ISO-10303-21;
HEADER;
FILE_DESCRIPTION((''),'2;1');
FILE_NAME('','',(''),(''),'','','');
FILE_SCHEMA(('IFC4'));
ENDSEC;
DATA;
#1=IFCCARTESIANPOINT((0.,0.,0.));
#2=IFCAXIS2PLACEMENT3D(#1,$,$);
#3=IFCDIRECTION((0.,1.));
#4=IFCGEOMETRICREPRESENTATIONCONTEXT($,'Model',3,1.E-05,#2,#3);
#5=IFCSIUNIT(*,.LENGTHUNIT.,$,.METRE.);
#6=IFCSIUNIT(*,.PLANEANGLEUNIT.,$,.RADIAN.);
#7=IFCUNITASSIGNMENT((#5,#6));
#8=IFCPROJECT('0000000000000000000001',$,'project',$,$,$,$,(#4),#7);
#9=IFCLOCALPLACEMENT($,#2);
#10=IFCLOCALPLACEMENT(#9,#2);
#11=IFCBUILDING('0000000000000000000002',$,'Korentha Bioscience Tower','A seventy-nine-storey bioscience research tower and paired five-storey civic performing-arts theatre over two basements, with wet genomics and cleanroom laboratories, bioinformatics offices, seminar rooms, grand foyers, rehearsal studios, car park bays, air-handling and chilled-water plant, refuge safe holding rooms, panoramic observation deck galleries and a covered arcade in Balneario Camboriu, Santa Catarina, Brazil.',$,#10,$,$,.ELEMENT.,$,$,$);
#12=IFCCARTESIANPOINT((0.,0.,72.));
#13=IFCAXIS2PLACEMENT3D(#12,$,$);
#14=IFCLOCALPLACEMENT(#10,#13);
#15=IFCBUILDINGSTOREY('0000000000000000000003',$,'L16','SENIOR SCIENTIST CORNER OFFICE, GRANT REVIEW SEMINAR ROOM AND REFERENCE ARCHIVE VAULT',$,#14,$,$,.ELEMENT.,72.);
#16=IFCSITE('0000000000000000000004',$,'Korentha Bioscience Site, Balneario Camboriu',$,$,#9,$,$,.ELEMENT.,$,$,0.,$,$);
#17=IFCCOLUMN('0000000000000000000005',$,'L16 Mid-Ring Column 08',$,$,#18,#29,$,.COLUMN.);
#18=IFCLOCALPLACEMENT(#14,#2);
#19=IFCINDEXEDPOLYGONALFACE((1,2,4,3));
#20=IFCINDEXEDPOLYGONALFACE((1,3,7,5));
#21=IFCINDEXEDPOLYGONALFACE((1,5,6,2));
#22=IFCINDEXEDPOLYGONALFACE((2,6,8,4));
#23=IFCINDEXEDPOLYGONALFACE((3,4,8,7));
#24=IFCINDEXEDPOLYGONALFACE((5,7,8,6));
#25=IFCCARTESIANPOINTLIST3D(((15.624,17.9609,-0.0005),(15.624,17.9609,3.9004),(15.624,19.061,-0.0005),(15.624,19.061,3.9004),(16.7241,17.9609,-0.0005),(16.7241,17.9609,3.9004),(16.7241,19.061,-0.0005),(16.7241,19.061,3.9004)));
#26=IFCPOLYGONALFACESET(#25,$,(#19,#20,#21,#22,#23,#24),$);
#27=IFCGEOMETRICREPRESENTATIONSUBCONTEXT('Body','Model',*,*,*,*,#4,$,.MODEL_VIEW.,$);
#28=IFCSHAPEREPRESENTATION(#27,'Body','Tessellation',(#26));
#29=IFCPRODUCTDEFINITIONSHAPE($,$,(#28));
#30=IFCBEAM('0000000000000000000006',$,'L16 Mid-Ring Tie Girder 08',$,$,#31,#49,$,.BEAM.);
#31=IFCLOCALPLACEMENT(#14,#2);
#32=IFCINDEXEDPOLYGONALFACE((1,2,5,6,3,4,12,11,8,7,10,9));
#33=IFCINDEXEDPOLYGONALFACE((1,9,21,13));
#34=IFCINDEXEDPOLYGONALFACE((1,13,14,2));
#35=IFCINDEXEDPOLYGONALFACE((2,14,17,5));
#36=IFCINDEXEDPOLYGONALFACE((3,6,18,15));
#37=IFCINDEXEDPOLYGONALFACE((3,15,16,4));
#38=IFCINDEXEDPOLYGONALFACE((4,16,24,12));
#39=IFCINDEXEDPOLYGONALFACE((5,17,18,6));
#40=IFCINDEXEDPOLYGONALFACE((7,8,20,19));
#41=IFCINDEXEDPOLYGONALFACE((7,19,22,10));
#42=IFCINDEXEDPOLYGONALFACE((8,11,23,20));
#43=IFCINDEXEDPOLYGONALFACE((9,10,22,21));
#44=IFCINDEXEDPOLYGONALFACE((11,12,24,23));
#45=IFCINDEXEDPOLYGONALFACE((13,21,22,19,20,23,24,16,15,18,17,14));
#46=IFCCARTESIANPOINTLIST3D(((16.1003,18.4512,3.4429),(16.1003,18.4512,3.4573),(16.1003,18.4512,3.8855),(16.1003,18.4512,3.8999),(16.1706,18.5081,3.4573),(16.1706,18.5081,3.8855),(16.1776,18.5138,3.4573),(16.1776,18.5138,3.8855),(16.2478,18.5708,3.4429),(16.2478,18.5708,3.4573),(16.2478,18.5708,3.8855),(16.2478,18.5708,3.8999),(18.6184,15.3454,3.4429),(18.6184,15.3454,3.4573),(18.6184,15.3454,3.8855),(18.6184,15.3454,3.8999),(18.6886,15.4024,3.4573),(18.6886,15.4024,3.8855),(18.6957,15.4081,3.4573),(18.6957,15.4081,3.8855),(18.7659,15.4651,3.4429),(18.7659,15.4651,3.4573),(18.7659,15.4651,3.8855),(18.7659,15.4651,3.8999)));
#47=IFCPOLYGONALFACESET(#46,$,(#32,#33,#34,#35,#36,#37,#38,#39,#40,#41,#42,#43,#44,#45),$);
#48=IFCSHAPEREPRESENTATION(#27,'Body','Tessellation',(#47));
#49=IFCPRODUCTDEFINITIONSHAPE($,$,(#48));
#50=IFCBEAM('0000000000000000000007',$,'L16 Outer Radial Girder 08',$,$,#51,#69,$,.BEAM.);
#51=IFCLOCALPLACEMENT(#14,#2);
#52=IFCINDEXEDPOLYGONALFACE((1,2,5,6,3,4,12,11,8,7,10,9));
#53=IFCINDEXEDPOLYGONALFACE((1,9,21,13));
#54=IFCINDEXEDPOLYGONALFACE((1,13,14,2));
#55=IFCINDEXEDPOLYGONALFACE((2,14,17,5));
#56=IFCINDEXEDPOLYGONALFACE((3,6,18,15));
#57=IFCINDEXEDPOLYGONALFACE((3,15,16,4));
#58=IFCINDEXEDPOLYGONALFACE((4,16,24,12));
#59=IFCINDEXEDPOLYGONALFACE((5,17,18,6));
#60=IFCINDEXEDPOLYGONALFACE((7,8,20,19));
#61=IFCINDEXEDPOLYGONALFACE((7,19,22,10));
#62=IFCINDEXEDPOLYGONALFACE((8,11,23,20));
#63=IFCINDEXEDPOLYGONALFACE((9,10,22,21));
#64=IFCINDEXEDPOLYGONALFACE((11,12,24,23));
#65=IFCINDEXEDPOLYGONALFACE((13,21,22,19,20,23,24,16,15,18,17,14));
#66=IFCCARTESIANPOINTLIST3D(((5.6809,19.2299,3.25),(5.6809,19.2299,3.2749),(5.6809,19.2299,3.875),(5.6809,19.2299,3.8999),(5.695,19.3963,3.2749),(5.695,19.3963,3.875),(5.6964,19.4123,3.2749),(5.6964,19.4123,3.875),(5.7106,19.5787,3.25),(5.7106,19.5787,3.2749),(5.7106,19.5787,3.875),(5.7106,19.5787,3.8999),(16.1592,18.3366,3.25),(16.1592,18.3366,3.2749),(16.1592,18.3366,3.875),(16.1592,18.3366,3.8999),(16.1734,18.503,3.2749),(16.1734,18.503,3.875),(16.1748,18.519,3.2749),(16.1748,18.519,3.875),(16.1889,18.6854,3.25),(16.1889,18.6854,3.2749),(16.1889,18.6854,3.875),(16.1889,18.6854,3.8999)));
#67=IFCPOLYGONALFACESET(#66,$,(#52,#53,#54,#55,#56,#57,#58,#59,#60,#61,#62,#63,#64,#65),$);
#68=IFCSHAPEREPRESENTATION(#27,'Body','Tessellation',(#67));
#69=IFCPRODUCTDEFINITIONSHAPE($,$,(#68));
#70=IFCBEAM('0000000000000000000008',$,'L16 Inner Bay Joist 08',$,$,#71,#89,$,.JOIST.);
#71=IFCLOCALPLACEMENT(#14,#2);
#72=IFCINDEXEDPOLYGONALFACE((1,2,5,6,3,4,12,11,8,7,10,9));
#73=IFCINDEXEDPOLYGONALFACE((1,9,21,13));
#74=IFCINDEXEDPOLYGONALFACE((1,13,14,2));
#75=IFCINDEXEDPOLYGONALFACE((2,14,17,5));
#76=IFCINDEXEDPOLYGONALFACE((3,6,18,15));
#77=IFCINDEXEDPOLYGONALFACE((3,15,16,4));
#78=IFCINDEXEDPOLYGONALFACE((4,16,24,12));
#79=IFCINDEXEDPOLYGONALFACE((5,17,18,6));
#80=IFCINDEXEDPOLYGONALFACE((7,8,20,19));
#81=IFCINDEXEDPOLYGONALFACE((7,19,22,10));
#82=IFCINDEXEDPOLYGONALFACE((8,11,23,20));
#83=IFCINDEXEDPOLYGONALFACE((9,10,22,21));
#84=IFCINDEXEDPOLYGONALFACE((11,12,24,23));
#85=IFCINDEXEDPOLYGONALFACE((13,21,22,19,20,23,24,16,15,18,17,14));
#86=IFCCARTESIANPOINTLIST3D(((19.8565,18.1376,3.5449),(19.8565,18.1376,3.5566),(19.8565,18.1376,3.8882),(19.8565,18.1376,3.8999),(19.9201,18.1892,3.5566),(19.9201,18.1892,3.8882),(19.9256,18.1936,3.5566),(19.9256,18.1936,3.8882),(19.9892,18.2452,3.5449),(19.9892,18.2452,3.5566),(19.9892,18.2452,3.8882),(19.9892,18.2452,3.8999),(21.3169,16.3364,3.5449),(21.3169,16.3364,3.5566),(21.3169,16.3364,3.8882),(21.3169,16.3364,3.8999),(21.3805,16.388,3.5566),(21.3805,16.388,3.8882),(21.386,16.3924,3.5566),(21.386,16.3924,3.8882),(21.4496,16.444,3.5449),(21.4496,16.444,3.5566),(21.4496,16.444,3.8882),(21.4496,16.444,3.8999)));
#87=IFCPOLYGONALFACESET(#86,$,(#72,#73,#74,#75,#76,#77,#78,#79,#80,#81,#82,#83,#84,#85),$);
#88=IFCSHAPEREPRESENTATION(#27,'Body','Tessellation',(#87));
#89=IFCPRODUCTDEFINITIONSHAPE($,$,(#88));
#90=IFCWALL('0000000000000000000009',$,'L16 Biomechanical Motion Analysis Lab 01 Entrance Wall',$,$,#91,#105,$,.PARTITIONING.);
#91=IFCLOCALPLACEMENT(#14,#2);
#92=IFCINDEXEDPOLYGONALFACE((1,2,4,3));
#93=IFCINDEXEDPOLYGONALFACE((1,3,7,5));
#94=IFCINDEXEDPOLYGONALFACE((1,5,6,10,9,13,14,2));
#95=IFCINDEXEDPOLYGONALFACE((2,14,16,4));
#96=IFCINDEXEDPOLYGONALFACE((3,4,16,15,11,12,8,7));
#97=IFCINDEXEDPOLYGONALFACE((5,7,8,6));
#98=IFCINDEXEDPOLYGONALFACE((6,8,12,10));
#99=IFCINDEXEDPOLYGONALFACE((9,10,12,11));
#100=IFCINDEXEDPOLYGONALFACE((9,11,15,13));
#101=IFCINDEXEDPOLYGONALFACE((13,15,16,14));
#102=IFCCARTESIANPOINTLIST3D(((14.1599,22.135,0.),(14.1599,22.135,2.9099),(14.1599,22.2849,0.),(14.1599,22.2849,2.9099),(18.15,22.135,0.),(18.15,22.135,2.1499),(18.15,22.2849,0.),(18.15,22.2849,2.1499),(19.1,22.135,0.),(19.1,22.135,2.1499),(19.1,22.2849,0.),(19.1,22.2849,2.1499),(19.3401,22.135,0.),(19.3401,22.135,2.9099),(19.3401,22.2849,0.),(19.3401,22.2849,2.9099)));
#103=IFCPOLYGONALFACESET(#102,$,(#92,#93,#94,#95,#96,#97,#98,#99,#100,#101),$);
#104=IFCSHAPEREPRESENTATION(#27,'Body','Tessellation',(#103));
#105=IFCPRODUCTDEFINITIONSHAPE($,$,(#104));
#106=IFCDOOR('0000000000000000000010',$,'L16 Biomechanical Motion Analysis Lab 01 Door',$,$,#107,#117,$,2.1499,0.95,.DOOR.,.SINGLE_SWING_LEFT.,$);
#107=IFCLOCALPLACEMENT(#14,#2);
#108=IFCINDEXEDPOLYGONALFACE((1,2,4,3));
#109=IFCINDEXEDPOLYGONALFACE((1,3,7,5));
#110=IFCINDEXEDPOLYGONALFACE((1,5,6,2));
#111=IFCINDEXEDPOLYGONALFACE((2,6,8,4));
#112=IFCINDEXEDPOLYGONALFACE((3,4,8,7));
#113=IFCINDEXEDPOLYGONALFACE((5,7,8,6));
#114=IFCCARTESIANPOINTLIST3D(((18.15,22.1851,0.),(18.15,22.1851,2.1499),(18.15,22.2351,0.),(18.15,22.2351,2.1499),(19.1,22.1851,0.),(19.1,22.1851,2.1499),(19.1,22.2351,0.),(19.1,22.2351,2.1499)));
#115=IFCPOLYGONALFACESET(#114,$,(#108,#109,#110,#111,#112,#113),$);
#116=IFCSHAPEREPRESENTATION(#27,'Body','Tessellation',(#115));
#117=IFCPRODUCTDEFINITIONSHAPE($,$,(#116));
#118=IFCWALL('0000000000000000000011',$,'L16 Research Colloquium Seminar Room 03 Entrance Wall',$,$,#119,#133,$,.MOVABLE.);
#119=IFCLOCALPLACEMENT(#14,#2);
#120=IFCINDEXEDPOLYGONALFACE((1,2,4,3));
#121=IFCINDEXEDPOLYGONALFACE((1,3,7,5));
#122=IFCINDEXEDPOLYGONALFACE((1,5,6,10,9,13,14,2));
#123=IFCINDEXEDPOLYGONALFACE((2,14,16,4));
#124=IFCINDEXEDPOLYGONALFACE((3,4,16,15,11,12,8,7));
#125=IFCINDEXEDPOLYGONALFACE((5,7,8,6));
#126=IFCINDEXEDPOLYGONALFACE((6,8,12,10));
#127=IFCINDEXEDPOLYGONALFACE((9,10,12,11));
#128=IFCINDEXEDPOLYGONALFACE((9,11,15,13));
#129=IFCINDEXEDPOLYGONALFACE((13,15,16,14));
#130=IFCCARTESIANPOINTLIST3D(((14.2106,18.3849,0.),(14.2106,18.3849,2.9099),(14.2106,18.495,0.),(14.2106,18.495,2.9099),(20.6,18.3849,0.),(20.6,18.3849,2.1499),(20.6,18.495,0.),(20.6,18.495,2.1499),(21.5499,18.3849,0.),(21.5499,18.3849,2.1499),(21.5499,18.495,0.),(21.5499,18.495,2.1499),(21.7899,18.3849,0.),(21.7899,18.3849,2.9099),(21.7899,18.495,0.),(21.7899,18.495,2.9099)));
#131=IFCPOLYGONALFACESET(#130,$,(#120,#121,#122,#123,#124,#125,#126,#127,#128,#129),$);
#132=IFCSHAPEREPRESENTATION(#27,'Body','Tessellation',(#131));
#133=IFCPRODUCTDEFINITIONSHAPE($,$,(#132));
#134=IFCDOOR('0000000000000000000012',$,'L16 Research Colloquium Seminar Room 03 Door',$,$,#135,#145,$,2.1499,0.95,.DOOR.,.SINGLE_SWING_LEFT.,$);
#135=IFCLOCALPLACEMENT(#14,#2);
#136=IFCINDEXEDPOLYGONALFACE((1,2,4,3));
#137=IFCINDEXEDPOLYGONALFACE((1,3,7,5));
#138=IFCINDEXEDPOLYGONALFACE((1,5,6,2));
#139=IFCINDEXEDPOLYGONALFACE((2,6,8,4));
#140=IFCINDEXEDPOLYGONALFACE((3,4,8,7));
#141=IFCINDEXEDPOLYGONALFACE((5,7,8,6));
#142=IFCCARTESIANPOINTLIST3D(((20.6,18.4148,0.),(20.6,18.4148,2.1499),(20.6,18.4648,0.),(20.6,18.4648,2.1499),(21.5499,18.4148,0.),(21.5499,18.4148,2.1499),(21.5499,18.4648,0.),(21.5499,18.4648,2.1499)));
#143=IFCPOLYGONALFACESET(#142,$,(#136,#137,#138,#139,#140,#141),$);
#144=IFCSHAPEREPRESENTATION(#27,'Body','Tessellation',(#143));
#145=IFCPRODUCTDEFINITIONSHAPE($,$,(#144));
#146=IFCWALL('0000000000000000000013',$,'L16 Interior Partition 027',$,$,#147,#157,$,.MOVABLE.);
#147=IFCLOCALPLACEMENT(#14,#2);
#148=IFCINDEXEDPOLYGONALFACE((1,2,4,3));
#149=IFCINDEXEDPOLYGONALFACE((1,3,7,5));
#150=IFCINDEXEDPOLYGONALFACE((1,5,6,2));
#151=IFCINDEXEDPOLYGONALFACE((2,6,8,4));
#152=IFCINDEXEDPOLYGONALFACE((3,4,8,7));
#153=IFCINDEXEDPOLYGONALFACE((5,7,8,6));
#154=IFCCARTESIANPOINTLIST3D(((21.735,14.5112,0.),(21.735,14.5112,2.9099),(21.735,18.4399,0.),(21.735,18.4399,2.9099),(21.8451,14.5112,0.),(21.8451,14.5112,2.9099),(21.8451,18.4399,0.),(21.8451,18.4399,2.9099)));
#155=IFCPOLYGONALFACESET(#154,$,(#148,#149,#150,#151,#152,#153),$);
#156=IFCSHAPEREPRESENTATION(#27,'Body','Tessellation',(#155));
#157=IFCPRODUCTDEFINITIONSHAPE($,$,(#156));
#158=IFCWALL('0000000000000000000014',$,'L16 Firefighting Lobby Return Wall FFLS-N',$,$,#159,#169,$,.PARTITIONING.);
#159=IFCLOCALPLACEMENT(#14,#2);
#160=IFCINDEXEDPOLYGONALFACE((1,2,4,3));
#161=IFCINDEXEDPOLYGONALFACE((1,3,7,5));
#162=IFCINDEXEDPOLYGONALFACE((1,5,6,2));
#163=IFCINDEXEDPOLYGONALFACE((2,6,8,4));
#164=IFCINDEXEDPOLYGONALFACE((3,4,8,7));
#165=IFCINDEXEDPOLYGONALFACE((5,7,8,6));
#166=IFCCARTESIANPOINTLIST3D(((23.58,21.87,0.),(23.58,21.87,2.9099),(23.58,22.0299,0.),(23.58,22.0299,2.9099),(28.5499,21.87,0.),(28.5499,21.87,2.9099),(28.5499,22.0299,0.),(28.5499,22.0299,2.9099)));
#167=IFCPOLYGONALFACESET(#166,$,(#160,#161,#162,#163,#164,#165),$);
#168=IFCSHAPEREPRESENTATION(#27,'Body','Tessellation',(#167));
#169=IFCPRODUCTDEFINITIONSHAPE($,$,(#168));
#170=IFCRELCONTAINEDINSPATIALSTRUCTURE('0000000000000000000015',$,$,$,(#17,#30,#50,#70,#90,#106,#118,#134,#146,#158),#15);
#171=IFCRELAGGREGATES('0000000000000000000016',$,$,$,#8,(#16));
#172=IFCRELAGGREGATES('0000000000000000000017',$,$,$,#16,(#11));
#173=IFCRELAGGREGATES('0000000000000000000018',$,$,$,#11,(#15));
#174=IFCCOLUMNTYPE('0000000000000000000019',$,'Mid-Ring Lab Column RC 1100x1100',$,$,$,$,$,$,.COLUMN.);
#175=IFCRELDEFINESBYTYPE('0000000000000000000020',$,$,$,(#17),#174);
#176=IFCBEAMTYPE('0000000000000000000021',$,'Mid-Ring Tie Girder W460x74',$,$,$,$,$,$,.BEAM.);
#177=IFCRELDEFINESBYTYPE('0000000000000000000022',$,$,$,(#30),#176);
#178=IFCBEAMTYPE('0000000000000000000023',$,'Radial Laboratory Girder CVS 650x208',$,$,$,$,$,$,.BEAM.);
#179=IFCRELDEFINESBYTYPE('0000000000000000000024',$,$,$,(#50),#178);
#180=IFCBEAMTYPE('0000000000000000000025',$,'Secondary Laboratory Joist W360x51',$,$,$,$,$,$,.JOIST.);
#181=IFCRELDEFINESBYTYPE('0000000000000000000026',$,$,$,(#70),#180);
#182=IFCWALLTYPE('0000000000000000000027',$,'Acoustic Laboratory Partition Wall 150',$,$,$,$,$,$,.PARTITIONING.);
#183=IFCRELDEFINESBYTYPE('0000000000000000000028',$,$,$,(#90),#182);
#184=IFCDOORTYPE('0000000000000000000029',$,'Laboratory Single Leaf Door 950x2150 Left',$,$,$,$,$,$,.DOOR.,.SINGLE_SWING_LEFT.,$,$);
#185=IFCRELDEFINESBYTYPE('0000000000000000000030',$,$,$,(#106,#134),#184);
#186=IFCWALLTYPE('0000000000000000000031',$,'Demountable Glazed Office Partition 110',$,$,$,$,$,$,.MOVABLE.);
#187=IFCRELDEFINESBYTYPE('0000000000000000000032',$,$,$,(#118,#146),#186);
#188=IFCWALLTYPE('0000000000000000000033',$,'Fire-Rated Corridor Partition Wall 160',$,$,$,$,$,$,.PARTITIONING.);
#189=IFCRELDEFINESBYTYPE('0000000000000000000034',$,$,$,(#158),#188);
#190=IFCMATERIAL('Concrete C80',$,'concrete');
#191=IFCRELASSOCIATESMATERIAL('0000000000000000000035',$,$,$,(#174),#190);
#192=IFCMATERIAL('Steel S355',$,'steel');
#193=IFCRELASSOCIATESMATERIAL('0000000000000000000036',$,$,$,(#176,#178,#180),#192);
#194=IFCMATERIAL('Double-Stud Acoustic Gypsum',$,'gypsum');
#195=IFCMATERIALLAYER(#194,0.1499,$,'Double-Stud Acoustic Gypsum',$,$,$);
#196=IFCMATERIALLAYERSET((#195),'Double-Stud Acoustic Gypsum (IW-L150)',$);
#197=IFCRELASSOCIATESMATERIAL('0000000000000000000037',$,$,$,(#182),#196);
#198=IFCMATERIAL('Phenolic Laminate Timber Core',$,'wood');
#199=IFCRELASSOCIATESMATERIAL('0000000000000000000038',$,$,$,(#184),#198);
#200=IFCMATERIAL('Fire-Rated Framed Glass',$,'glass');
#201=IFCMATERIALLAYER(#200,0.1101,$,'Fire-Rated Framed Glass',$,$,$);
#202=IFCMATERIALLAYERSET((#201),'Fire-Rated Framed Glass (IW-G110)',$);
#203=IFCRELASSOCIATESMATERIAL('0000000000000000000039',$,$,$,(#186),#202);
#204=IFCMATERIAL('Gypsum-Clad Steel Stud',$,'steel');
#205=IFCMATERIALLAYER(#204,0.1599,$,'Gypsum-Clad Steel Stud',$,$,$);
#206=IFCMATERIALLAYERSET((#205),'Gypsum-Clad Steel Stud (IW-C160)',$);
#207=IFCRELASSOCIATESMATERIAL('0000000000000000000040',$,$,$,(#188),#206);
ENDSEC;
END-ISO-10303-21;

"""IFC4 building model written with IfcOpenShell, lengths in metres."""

from ifc_helpers import new_model, si_unit, direction, frame, frame_2d, origin, origin_2d, place, context, subcontext, project, spatial, rectangle, i_section, extrude, material, layer, layer_set, material_profile, profile_set, type_object, element, fill, save


model = new_model("IFC4")

# Units and contexts
model_context = context("Model", 3, precision=1e-05, world=origin(), true_north=direction((0.0, 1.0)))
body_context = subcontext(model_context, "Body", "Model", "MODEL_VIEW")
ifc_project = project(units=[si_unit("LENGTHUNIT", "METRE"), si_unit("PLANEANGLEUNIT", "RADIAN")], contexts=[model_context])

# Site, building, storey
site_placement = place(None, origin())
site = spatial("IfcSite", under=ifc_project, at=site_placement, Name="Korentha Bioscience Site, Balneario Camboriu", CompositionType="ELEMENT", RefElevation=0.0)
building_placement = place(site_placement, origin())
building = spatial("IfcBuilding", under=site, at=building_placement, Name="Korentha Bioscience Tower", Description="A seventy-nine-storey bioscience research tower and paired five-storey civic performing-arts theatre over two basements, with wet genomics and cleanroom laboratories, bioinformatics offices, seminar rooms, grand foyers, rehearsal studios, car park bays, air-handling and chilled-water plant, refuge safe holding rooms, panoramic observation deck galleries and a covered arcade in Balneario Camboriu, Santa Catarina, Brazil.", CompositionType="ELEMENT")
storey_placement = place(building_placement, frame((0.0, 0.0, 72.0)))
storey = spatial("IfcBuildingStorey", under=building, at=storey_placement, Name="L16", Description="SENIOR SCIENTIST CORNER OFFICE, GRANT REVIEW SEMINAR ROOM AND REFERENCE ARCHIVE VAULT", CompositionType="ELEMENT", Elevation=72.0)

# Column
ifc_material_1 = material(Name="Concrete C80", Category="concrete")
ifc_material_profile_1 = material_profile(ifc_material_1, rectangle(XDim=1.1001, YDim=1.1001, at=origin_2d()), Name="Concrete C80")
ifc_profile_set_1 = profile_set([ifc_material_profile_1], Name="Concrete C80 (COL-MR11)")
column_type = type_object("IfcColumnType", Name="Mid-Ring Lab Column RC 1100x1100", PredefinedType="COLUMN", material=ifc_profile_set_1)
column_placement = place(storey_placement, frame((16.1741, 18.511, -0.0005), z_axis=(0.0, 0.0, 1.0), x_axis=(1.0, 0.0, 0.0)))
element("IfcColumn", 1, at=column_placement, inside=storey, type_object=column_type, Name="L16 Mid-Ring Column 08", PredefinedType="COLUMN", context=body_context, shape_type="SweptSolid", body=[
    extrude(rectangle(XDim=1.1001, YDim=1.1001, at=origin_2d()), origin(), (0.0, 0.0, 1.0), 3.9009),
])

# Beams
ifc_material_2 = material(Name="Steel S355", Category="steel")
ifc_material_profile_2 = material_profile(ifc_material_2, i_section(OverallWidth=0.1899, OverallDepth=0.457, WebThickness=0.009, FlangeThickness=0.0144, at=origin_2d()), Name="Steel S355")
ifc_profile_set_2 = profile_set([ifc_material_profile_2], Name="Steel S355 (MB-460)")
beam_type_1 = type_object("IfcBeamType", Name="Mid-Ring Tie Girder W460x74", PredefinedType="BEAM", material=ifc_profile_set_2)
beam_1_placement = place(storey_placement, frame((16.1741, 18.511, 3.6714), z_axis=(0.62979, -0.776765, 0.0), x_axis=(0.776765, 0.62979, 0.0)))
element("IfcBeam", 2, at=beam_1_placement, inside=storey, type_object=beam_type_1, Name="L16 Mid-Ring Tie Girder 08", PredefinedType="BEAM", context=body_context, shape_type="SweptSolid", body=[
    extrude(i_section(OverallWidth=0.1899, OverallDepth=0.457, WebThickness=0.009, FlangeThickness=0.0144, at=origin_2d()), origin(), (0.0, 0.0, 1.0), 3.9983),
])
ifc_material_profile_3 = material_profile(ifc_material_2, i_section(OverallWidth=0.3501, OverallDepth=0.6499, WebThickness=0.0161, FlangeThickness=0.0249, at=origin_2d()), Name="Steel S355")
ifc_profile_set_3 = profile_set([ifc_material_profile_3], Name="Steel S355 (RB-650)")
beam_type_2 = type_object("IfcBeamType", Name="Radial Laboratory Girder CVS 650x208", PredefinedType="BEAM", material=ifc_profile_set_3)
beam_2_placement = place(storey_placement, frame((16.1741, 18.511, 3.575), z_axis=(-0.996386, 0.084945, 0.0), x_axis=(-0.084945, -0.996386, 0.0)))
element("IfcBeam", 3, at=beam_2_placement, inside=storey, type_object=beam_type_2, Name="L16 Outer Radial Girder 08", PredefinedType="BEAM", context=body_context, shape_type="SweptSolid", body=[
    extrude(i_section(OverallWidth=0.3501, OverallDepth=0.6499, WebThickness=0.0161, FlangeThickness=0.0249, at=origin_2d()), origin(), (0.0, 0.0, 1.0), 10.5164),
])
ifc_material_profile_4 = material_profile(ifc_material_2, i_section(OverallWidth=0.1709, OverallDepth=0.355, WebThickness=0.0071, FlangeThickness=0.0117, at=origin_2d()), Name="Steel S355")
ifc_profile_set_4 = profile_set([ifc_material_profile_4], Name="Steel S355 (JB-360)")
beam_type_3 = type_object("IfcBeamType", Name="Secondary Laboratory Joist W360x51", PredefinedType="JOIST", material=ifc_profile_set_4)
beam_3_placement = place(storey_placement, frame((19.9229, 18.1914, 3.7224), z_axis=(0.629792, -0.776764, 0.0), x_axis=(0.776764, 0.629792, 0.0)))
element("IfcBeam", 4, at=beam_3_placement, inside=storey, type_object=beam_type_3, Name="L16 Inner Bay Joist 08", PredefinedType="JOIST", context=body_context, shape_type="SweptSolid", body=[
    extrude(i_section(OverallWidth=0.1709, OverallDepth=0.355, WebThickness=0.0071, FlangeThickness=0.0117, at=origin_2d()), origin(), (0.0, 0.0, 1.0), 2.3188),
])

# Walls, openings, doors
ifc_material_3 = material(Name="Double-Stud Acoustic Gypsum", Category="gypsum")
ifc_layer_1 = layer(ifc_material_3, 0.1499, Name="Double-Stud Acoustic Gypsum")
ifc_layer_set_1 = layer_set([ifc_layer_1], Name="Double-Stud Acoustic Gypsum (IW-L150)")
wall_type_1 = type_object("IfcWallType", Name="Acoustic Laboratory Partition Wall 150", PredefinedType="PARTITIONING", material=ifc_layer_set_1)
wall_1_placement = place(storey_placement, frame((19.3401, 22.21, 0.0), z_axis=(0.0, 0.0, 1.0), x_axis=(-1.0, 0.0, 0.0)))
wall_1 = element("IfcWall", 5, at=wall_1_placement, inside=storey, type_object=wall_type_1, Name="L16 Biomechanical Motion Analysis Lab 01 Entrance Wall", PredefinedType="PARTITIONING", context=body_context, shape_type="SweptSolid", body=[
    extrude(rectangle(XDim=5.1802, YDim=0.1499, at=frame_2d((2.5901, 0.0))), origin(), (0.0, 0.0, 1.0), 2.9099),
])
opening_1_placement = place(wall_1_placement, frame((0.24, 0.0, 0.0)))
opening_1 = element("IfcOpeningElement", 6, at=opening_1_placement, cuts=wall_1, PredefinedType="OPENING", context=body_context, shape_type="SweptSolid", body=[
    extrude(rectangle(XDim=0.95, YDim=2.1499, at=frame_2d((0.4751, 1.075))), frame((0.0, 0.0898, 0.0), z_axis=(0.0, -1.0, 0.0), x_axis=(1.0, 0.0, 0.0)), (0.0, 0.0, 1.0), 0.1797),
])
ifc_material_4 = material(Name="Phenolic Laminate Timber Core", Category="wood")
door_type_1 = type_object("IfcDoorType", Name="Laboratory Single Leaf Door 950x2150 Left", OperationType="SINGLE_SWING_LEFT", PredefinedType="DOOR", material=ifc_material_4)
door_1_placement = place(opening_1_placement, origin())
door_1 = element("IfcDoor", 7, at=door_1_placement, inside=storey, type_object=door_type_1, Name="L16 Biomechanical Motion Analysis Lab 01 Door", OperationType="SINGLE_SWING_LEFT", OverallHeight=2.1499, OverallWidth=0.95, PredefinedType="DOOR", context=body_context, shape_type="SweptSolid", body=[
    extrude(rectangle(XDim=0.95, YDim=2.1499, at=frame_2d((0.4751, 1.075))), frame((0.0, 0.0249, 0.0), z_axis=(0.0, -1.0, 0.0), x_axis=(1.0, 0.0, 0.0)), (0.0, 0.0, 1.0), 0.05),
])
fill(opening_1, door_1)
ifc_material_5 = material(Name="Fire-Rated Framed Glass", Category="glass")
ifc_layer_2 = layer(ifc_material_5, 0.1101, Name="Fire-Rated Framed Glass")
ifc_layer_set_2 = layer_set([ifc_layer_2], Name="Fire-Rated Framed Glass (IW-G110)")
wall_type_2 = type_object("IfcWallType", Name="Demountable Glazed Office Partition 110", PredefinedType="MOVABLE", material=ifc_layer_set_2)
wall_2_placement = place(storey_placement, frame((14.2107, 18.4399, 0.0), z_axis=(0.0, 0.0, 1.0), x_axis=(1.0, 0.0, 0.0)))
wall_2 = element("IfcWall", 8, at=wall_2_placement, inside=storey, type_object=wall_type_2, Name="L16 Research Colloquium Seminar Room 03 Entrance Wall", PredefinedType="MOVABLE", context=body_context, shape_type="SweptSolid", body=[
    extrude(rectangle(XDim=7.5793, YDim=0.1101, at=frame_2d((3.7896, 0.0))), origin(), (0.0, 0.0, 1.0), 2.9099),
])
opening_2_placement = place(wall_2_placement, frame((6.3892, 0.0, 0.0)))
opening_2 = element("IfcOpeningElement", 9, at=opening_2_placement, cuts=wall_2, PredefinedType="OPENING", context=body_context, shape_type="SweptSolid", body=[
    extrude(rectangle(XDim=0.95, YDim=2.1499, at=frame_2d((0.4751, 1.075))), frame((0.0, 0.0698, 0.0), z_axis=(0.0, -1.0, 0.0), x_axis=(1.0, 0.0, 0.0)), (0.0, 0.0, 1.0), 0.1399),
])
door_2_placement = place(opening_2_placement, origin())
door_2 = element("IfcDoor", 10, at=door_2_placement, inside=storey, type_object=door_type_1, Name="L16 Research Colloquium Seminar Room 03 Door", OperationType="SINGLE_SWING_LEFT", OverallHeight=2.1499, OverallWidth=0.95, PredefinedType="DOOR", context=body_context, shape_type="SweptSolid", body=[
    extrude(rectangle(XDim=0.95, YDim=2.1499, at=frame_2d((0.4751, 1.075))), frame((0.0, 0.0249, 0.0), z_axis=(0.0, -1.0, 0.0), x_axis=(1.0, 0.0, 0.0)), (0.0, 0.0, 1.0), 0.05),
])
fill(opening_2, door_2)

# Wall
wall_3_placement = place(storey_placement, frame((21.79, 18.4399, 0.0), z_axis=(0.0, 0.0, 1.0), x_axis=(0.0, -1.0, 0.0)))
element("IfcWall", 11, at=wall_3_placement, inside=storey, type_object=wall_type_2, Name="L16 Interior Partition 027", PredefinedType="MOVABLE", context=body_context, shape_type="SweptSolid", body=[
    extrude(rectangle(XDim=3.9287, YDim=0.1101, at=frame_2d((1.9644, 0.0))), origin(), (0.0, 0.0, 1.0), 2.9099),
])

# Shared definitions
ifc_material_6 = material(Name="Gypsum-Clad Steel Stud", Category="steel")
ifc_layer_3 = layer(ifc_material_6, 0.1599, Name="Gypsum-Clad Steel Stud")
ifc_layer_set_3 = layer_set([ifc_layer_3], Name="Gypsum-Clad Steel Stud (IW-C160)")
wall_type_3 = type_object("IfcWallType", Name="Fire-Rated Corridor Partition Wall 160", PredefinedType="PARTITIONING", material=ifc_layer_set_3)

# Wall
wall_4_placement = place(storey_placement, frame((23.5801, 21.95, 0.0), z_axis=(0.0, 0.0, 1.0), x_axis=(1.0, 0.0, 0.0)))
element("IfcWall", 12, at=wall_4_placement, inside=storey, type_object=wall_type_3, Name="L16 Firefighting Lobby Return Wall FFLS-N", PredefinedType="PARTITIONING", context=body_context, shape_type="SweptSolid", body=[
    extrude(rectangle(XDim=4.97, YDim=0.1599, at=frame_2d((2.4849, 0.0))), origin(), (0.0, 0.0, 1.0), 2.9099),
])

save(model, "model.ifc")
